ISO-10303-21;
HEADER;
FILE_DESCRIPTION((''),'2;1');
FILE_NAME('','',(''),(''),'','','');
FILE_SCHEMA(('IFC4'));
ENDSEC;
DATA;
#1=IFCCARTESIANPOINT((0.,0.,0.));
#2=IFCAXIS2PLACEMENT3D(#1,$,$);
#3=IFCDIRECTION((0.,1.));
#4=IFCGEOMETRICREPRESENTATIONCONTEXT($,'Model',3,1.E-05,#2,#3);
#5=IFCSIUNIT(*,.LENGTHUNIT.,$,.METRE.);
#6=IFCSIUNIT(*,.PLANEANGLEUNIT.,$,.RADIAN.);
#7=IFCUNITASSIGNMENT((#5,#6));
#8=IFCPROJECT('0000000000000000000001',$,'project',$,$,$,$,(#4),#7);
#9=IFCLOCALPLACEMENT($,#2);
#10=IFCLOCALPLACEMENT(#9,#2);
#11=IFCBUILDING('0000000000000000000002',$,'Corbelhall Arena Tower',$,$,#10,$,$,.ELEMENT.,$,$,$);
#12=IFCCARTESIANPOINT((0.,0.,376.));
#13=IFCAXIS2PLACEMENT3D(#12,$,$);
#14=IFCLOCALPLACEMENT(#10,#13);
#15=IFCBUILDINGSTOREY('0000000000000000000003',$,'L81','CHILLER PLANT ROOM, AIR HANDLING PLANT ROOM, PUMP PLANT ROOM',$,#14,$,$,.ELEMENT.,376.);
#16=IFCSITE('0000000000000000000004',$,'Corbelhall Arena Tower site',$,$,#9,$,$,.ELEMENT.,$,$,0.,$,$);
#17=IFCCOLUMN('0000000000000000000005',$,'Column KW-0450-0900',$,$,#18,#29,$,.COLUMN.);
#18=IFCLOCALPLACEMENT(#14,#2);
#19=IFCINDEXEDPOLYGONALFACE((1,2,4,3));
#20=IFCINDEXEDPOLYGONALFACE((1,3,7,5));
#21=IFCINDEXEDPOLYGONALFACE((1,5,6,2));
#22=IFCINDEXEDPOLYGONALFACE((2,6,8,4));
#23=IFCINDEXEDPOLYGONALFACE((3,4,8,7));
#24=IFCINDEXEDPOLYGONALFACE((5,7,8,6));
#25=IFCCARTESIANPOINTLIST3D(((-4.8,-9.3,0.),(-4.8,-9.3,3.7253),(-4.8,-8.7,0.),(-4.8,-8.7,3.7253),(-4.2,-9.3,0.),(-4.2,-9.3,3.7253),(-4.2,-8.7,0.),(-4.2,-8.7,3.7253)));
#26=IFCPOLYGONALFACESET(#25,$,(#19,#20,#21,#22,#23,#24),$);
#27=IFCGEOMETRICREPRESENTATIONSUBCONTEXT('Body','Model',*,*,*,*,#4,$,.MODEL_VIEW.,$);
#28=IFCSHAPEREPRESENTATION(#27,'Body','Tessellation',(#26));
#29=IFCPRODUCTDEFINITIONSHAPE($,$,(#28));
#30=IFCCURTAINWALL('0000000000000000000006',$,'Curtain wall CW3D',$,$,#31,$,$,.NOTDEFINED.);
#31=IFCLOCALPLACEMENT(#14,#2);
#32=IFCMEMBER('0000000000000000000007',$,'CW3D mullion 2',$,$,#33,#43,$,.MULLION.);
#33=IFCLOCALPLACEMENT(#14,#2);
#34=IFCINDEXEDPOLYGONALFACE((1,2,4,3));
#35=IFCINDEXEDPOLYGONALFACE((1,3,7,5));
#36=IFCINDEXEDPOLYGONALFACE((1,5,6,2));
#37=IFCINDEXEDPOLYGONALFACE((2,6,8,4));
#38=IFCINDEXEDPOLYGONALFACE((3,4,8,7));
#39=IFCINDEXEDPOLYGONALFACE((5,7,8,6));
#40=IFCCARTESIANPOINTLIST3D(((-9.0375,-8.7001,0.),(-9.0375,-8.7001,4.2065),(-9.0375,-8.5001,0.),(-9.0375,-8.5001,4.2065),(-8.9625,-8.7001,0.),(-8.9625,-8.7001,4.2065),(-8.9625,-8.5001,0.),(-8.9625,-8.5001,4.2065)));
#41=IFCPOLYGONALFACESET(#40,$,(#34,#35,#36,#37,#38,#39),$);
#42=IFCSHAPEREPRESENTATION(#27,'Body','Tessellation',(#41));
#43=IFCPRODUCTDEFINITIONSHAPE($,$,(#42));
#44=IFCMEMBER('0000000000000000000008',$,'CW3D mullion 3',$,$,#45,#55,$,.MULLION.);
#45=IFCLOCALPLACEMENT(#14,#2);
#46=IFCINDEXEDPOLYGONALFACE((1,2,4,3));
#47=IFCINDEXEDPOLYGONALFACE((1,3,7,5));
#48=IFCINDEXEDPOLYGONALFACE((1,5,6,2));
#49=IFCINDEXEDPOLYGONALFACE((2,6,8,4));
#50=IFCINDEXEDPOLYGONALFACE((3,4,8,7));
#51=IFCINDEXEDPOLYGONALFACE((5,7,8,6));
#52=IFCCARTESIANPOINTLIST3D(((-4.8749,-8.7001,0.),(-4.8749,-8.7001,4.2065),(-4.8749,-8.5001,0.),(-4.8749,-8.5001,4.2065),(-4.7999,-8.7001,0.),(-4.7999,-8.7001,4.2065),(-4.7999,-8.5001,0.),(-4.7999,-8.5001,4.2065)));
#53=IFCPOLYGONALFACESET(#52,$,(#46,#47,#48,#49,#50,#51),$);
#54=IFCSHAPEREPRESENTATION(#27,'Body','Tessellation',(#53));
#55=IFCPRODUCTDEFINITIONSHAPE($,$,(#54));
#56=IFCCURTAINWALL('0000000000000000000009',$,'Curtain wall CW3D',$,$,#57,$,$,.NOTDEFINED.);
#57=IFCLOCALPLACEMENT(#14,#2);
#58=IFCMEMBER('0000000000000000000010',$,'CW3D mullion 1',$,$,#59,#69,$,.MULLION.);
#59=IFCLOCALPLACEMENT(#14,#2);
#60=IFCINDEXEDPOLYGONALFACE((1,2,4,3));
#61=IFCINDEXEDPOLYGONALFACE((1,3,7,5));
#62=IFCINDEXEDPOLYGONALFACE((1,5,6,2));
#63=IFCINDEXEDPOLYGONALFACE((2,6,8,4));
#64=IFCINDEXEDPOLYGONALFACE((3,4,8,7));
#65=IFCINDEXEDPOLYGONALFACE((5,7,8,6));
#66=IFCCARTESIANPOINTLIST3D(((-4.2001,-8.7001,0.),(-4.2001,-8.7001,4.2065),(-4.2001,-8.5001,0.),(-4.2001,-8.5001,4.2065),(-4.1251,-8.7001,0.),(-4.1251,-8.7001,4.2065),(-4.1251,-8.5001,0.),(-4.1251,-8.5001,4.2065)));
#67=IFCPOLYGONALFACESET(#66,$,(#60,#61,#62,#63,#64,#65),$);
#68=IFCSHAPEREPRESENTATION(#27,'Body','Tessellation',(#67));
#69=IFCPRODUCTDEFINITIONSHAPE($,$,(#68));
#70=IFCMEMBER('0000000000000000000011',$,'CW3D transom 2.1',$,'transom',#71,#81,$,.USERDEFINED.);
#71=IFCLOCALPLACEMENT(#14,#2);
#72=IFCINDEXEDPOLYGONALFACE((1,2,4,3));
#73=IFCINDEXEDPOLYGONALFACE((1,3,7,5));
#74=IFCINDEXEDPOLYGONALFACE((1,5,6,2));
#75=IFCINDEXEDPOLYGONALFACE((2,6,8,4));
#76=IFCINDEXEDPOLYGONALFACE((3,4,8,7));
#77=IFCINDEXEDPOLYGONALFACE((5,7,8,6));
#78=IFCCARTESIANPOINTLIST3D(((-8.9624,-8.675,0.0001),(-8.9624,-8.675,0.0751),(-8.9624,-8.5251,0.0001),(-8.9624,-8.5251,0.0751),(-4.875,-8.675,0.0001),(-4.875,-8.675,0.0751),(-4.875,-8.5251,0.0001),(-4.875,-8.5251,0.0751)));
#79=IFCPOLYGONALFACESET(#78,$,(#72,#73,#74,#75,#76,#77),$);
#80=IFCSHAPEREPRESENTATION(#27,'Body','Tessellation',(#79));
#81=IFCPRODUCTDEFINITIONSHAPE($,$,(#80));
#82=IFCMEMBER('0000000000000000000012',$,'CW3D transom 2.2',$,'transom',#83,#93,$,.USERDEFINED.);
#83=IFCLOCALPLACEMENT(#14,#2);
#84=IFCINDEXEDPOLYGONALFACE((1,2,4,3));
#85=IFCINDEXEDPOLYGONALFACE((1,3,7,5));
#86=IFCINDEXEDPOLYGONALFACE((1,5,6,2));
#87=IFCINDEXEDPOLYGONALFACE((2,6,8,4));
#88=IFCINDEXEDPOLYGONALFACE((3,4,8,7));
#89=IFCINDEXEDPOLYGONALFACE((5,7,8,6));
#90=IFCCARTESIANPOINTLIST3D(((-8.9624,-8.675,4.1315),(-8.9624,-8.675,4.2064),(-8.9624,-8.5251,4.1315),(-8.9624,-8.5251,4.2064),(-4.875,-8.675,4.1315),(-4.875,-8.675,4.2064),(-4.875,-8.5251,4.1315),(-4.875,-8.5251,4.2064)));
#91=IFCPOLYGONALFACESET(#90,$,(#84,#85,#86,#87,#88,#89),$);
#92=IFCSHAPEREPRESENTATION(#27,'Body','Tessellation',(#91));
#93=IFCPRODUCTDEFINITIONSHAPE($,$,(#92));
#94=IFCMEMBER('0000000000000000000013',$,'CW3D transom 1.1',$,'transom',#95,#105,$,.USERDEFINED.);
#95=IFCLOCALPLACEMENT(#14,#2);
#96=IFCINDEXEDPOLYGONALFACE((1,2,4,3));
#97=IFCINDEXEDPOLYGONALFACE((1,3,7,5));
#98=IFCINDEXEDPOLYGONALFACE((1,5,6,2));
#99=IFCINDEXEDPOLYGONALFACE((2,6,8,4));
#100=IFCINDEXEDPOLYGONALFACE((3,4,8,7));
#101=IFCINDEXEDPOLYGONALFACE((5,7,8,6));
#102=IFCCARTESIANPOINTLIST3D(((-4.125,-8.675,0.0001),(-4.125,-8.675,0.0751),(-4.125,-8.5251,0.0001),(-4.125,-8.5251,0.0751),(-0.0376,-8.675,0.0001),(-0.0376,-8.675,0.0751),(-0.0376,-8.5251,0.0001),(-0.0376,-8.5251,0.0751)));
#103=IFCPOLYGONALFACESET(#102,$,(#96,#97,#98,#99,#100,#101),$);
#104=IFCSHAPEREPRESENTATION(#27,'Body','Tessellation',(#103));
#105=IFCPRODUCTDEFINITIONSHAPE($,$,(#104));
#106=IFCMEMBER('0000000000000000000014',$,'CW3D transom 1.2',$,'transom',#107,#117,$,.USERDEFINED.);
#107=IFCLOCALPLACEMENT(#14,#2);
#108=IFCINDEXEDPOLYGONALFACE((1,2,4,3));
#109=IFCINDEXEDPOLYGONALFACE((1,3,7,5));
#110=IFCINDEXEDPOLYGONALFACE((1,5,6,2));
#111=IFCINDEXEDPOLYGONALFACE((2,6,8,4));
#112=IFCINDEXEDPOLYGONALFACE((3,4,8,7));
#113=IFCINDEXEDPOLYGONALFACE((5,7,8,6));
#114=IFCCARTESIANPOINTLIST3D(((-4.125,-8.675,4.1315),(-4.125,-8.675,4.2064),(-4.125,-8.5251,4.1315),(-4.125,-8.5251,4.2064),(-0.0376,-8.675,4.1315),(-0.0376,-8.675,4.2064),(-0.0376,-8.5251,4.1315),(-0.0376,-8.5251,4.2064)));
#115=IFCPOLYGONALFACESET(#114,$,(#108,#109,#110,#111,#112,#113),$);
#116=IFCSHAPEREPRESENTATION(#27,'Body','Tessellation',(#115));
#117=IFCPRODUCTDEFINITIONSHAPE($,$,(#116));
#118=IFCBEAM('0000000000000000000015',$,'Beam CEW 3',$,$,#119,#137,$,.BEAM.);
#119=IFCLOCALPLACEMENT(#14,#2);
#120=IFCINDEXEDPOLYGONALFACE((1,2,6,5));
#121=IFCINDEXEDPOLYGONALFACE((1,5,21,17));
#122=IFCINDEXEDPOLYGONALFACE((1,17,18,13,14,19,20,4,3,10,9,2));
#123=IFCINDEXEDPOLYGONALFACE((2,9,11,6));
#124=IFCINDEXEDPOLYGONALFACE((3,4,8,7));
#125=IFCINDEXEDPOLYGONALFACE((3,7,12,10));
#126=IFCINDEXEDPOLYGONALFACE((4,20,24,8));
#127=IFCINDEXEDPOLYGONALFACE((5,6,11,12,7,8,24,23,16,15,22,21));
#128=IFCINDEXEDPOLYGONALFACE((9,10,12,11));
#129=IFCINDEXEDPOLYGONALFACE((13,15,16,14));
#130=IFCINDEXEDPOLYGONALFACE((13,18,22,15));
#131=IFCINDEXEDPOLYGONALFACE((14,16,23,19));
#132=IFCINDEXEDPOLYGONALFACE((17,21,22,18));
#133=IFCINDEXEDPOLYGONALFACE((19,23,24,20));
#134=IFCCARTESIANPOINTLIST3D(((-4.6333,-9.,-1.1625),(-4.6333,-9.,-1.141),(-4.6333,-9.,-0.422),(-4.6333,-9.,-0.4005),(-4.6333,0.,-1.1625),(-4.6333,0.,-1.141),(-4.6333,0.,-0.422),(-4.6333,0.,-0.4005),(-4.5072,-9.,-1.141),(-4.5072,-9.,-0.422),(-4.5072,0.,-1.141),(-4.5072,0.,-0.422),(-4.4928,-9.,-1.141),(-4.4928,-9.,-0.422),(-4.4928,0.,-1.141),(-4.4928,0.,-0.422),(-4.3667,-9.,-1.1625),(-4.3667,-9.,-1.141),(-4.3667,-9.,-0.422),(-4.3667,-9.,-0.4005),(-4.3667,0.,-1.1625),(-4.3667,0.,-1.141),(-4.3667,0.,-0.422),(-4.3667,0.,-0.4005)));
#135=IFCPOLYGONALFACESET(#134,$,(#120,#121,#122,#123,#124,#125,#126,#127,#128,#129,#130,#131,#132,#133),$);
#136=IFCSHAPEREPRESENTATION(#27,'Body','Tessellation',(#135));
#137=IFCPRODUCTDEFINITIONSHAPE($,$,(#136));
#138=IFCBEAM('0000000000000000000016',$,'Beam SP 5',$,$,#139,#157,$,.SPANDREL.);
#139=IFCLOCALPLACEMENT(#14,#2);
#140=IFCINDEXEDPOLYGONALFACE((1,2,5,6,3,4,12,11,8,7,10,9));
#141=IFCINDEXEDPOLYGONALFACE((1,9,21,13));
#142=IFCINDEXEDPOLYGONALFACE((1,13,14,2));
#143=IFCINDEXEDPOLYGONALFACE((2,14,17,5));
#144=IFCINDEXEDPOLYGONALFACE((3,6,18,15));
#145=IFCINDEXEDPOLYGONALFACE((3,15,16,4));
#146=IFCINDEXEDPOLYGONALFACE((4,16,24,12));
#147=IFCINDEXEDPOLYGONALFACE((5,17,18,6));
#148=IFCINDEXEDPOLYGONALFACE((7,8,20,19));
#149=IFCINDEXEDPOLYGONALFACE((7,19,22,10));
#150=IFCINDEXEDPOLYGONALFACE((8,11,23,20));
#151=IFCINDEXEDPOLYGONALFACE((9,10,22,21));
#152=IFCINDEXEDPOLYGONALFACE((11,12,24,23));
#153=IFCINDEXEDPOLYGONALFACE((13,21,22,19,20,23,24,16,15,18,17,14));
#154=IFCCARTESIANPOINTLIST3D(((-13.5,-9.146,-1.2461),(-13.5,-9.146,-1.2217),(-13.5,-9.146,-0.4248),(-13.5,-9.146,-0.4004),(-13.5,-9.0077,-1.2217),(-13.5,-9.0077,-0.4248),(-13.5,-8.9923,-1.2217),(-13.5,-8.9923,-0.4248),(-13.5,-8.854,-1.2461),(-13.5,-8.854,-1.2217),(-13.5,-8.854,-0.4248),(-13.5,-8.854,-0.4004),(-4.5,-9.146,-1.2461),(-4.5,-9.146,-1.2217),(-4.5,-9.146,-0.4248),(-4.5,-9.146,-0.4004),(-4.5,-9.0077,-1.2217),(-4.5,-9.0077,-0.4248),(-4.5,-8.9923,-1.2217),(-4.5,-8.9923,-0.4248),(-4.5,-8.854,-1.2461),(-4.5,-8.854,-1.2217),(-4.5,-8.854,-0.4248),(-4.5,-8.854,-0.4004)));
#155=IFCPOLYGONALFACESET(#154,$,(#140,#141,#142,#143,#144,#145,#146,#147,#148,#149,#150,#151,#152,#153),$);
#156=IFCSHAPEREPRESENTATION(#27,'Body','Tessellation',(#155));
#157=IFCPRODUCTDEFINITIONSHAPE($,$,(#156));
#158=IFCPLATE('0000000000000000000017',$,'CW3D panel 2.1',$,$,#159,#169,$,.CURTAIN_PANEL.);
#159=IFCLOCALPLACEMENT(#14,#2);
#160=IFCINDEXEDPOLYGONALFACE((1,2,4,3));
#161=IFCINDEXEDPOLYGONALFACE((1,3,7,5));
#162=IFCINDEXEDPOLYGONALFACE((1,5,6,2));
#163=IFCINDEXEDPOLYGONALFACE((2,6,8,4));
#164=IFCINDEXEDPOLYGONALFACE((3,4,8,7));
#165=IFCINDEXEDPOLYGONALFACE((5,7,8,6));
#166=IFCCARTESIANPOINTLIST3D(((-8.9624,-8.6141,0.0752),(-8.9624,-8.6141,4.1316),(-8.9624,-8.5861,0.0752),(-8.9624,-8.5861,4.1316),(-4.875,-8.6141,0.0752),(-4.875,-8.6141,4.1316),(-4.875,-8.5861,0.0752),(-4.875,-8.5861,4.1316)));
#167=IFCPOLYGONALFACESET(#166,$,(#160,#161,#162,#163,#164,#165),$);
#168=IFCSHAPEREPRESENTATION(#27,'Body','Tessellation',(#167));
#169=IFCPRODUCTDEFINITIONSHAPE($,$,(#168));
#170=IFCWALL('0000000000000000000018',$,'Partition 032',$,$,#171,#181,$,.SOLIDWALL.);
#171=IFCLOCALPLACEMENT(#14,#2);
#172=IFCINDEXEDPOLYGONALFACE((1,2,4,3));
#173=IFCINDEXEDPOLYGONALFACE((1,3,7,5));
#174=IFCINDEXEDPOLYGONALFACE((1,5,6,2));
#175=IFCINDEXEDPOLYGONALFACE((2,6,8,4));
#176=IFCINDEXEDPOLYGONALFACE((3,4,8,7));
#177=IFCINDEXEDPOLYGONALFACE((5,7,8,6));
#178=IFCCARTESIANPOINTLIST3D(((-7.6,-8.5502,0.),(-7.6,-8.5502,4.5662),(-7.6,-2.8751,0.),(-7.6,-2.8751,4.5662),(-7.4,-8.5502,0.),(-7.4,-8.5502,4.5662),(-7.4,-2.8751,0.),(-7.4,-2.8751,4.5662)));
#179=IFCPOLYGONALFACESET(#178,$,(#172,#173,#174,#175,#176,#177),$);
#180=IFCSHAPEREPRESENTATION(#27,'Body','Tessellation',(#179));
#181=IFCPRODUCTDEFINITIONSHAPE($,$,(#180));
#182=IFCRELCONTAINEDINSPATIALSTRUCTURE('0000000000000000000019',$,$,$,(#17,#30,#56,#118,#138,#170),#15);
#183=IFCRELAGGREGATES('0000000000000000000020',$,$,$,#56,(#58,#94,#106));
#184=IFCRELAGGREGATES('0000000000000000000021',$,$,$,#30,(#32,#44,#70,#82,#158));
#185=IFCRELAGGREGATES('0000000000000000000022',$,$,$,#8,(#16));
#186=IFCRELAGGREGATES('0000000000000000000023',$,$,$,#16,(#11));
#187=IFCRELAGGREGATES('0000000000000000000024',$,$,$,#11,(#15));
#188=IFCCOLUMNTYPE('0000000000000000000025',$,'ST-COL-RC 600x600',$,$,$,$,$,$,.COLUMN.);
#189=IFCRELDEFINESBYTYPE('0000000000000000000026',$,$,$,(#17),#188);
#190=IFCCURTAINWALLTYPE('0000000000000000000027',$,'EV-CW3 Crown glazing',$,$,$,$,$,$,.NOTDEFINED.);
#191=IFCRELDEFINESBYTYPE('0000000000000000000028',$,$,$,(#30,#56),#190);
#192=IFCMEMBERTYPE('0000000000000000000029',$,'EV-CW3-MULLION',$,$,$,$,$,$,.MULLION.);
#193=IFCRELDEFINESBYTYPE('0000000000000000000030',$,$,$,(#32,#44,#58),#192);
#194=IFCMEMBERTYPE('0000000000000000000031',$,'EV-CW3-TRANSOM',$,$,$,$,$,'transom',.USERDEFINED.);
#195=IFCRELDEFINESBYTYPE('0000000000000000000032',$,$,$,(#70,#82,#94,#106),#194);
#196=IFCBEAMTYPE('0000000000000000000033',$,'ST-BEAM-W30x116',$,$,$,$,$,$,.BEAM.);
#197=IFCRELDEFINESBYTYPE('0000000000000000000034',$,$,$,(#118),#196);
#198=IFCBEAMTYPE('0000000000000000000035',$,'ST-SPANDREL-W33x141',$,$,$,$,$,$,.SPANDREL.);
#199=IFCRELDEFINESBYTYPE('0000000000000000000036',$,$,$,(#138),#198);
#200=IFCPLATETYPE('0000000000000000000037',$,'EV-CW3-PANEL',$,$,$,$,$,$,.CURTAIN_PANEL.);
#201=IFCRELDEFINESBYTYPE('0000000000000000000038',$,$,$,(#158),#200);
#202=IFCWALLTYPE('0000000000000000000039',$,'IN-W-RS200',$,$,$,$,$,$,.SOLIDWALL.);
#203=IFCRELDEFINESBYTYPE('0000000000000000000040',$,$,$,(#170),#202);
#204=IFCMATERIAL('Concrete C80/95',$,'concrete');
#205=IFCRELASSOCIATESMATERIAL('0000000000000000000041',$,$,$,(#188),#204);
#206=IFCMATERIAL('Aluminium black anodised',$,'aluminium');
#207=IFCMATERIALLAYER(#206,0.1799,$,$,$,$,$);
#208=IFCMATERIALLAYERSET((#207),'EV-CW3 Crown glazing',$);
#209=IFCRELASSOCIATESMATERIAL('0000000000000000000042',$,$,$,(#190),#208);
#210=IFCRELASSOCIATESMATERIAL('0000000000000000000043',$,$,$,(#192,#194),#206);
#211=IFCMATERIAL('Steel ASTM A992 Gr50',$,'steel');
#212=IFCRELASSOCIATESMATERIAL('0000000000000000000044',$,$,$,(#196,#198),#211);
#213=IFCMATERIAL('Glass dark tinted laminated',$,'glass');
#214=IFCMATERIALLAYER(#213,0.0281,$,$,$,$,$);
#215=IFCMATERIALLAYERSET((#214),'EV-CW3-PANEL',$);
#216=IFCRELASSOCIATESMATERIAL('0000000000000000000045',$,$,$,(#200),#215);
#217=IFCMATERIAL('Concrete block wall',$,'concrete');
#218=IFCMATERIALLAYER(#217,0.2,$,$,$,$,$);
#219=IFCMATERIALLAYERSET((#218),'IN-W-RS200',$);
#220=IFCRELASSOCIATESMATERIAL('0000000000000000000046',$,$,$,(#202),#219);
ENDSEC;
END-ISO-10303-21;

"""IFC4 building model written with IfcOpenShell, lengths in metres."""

from ifc_helpers import new_model, si_unit, direction, frame, frame_2d, origin, origin_2d, place, context, subcontext, project, spatial, rectangle, i_section, extrude, material, layer, layer_set, material_profile, profile_set, type_object, element, aggregate, save


model = new_model("IFC4")

# Units and contexts
model_context = context("Model", 3, precision=1e-05, world=origin(), true_north=direction((0.0, 1.0)))
body_context = subcontext(model_context, "Body", "Model", "MODEL_VIEW")
ifc_project = project(units=[si_unit("LENGTHUNIT", "METRE"), si_unit("PLANEANGLEUNIT", "RADIAN")], contexts=[model_context])

# Site, building, storey
site_placement = place(None, origin())
site = spatial("IfcSite", under=ifc_project, at=site_placement, Name="Corbelhall Arena Tower site", CompositionType="ELEMENT", RefElevation=0.0)
building_placement = place(site_placement, origin())
building = spatial("IfcBuilding", under=site, at=building_placement, Name="Corbelhall Arena Tower", CompositionType="ELEMENT")
storey_placement = place(building_placement, frame((0.0, 0.0, 376.0)))
storey = spatial("IfcBuildingStorey", under=building, at=storey_placement, Name="L81", Description="CHILLER PLANT ROOM, AIR HANDLING PLANT ROOM, PUMP PLANT ROOM", CompositionType="ELEMENT", Elevation=376.0)

# Column
ifc_material_1 = material(Name="Concrete C80/95", Category="concrete")
ifc_material_profile_1 = material_profile(ifc_material_1, rectangle(XDim=0.6001, YDim=0.6001, at=origin_2d()))
ifc_profile_set_1 = profile_set([ifc_material_profile_1], Name="Concrete C80/95")
column_type = type_object("IfcColumnType", Name="ST-COL-RC 600x600", PredefinedType="COLUMN", material=ifc_profile_set_1)
column_placement = place(storey_placement, frame((-4.5, -9.0, 0.0), z_axis=(0.0, 0.0, 1.0), x_axis=(1.0, 0.0, 0.0)))
element("IfcColumn", 1, at=column_placement, inside=storey, type_object=column_type, Name="Column KW-0450-0900", PredefinedType="COLUMN", context=body_context, shape_type="SweptSolid", body=[
    extrude(rectangle(XDim=0.6001, YDim=0.6001, at=origin_2d()), origin(), (0.0, 0.0, 1.0), 3.7253),
])

# Curtain wall, members
ifc_material_2 = material(Name="Aluminium black anodised", Category="aluminium")
ifc_layer_1 = layer(ifc_material_2, 0.1799)
ifc_layer_set_1 = layer_set([ifc_layer_1], Name="EV-CW3 Crown glazing")
curtain_wall_type = type_object("IfcCurtainWallType", Name="EV-CW3 Crown glazing", PredefinedType="NOTDEFINED", material=ifc_layer_set_1)
curtain_wall_1_placement = place(storey_placement, origin())
curtain_wall_1 = element("IfcCurtainWall", 2, at=curtain_wall_1_placement, inside=storey, type_object=curtain_wall_type, Name="Curtain wall CW3D", PredefinedType="NOTDEFINED")
ifc_material_profile_2 = material_profile(ifc_material_2, rectangle(XDim=0.2, YDim=0.075, at=origin_2d()))
ifc_profile_set_2 = profile_set([ifc_material_profile_2], Name="Aluminium black anodised")
member_type_1 = type_object("IfcMemberType", Name="EV-CW3-MULLION", PredefinedType="MULLION", material=ifc_profile_set_2)
member_1_placement = place(storey_placement, frame((-9.0, -8.6001, 0.0), z_axis=(0.0, 0.0, 1.0), x_axis=(0.0, 1.0, 0.0)))
member_1 = element("IfcMember", 3, at=member_1_placement, type_object=member_type_1, Name="CW3D mullion 2", PredefinedType="MULLION", context=body_context, shape_type="SweptSolid", body=[
    extrude(rectangle(XDim=0.2, YDim=0.075, at=origin_2d()), origin(), (0.0, 0.0, 1.0), 4.2065),
])
member_2_placement = place(storey_placement, frame((-4.8374, -8.6001, 0.0), z_axis=(0.0, 0.0, 1.0), x_axis=(0.0, 1.0, 0.0)))
member_2 = element("IfcMember", 4, at=member_2_placement, type_object=member_type_1, Name="CW3D mullion 3", PredefinedType="MULLION", context=body_context, shape_type="SweptSolid", body=[
    extrude(rectangle(XDim=0.2, YDim=0.075, at=origin_2d()), origin(), (0.0, 0.0, 1.0), 4.2065),
])

# Curtain wall, member
curtain_wall_2_placement = place(storey_placement, origin())
curtain_wall_2 = element("IfcCurtainWall", 5, at=curtain_wall_2_placement, inside=storey, type_object=curtain_wall_type, Name="Curtain wall CW3D", PredefinedType="NOTDEFINED")
member_3_placement = place(storey_placement, frame((-4.1626, -8.6001, 0.0), z_axis=(0.0, 0.0, 1.0), x_axis=(0.0, 1.0, 0.0)))
member_3 = element("IfcMember", 6, at=member_3_placement, type_object=member_type_1, Name="CW3D mullion 1", PredefinedType="MULLION", context=body_context, shape_type="SweptSolid", body=[
    extrude(rectangle(XDim=0.2, YDim=0.075, at=origin_2d()), origin(), (0.0, 0.0, 1.0), 4.2065),
])

# Members
ifc_material_profile_3 = material_profile(ifc_material_2, rectangle(XDim=0.1499, YDim=0.075, at=origin_2d()))
ifc_profile_set_3 = profile_set([ifc_material_profile_3], Name="Aluminium black anodised")
member_type_2 = type_object("IfcMemberType", Name="EV-CW3-TRANSOM", ElementType="transom", PredefinedType="USERDEFINED", material=ifc_profile_set_3)
member_4_placement = place(storey_placement, frame((-8.9624, -8.6001, 0.0376), z_axis=(1.0, 0.0, 0.0), x_axis=(0.0, 1.0, 0.0)))
member_4 = element("IfcMember", 7, at=member_4_placement, type_object=member_type_2, Name="CW3D transom 2.1", ObjectType="transom", PredefinedType="USERDEFINED", context=body_context, shape_type="SweptSolid", body=[
    extrude(rectangle(XDim=0.1499, YDim=0.075, at=origin_2d()), origin(), (0.0, 0.0, 1.0), 4.0874),
])
member_5_placement = place(storey_placement, frame((-8.9624, -8.6001, 4.1689), z_axis=(1.0, 0.0, 0.0), x_axis=(0.0, 1.0, 0.0)))
member_5 = element("IfcMember", 8, at=member_5_placement, type_object=member_type_2, Name="CW3D transom 2.2", ObjectType="transom", PredefinedType="USERDEFINED", context=body_context, shape_type="SweptSolid", body=[
    extrude(rectangle(XDim=0.1499, YDim=0.075, at=origin_2d()), origin(), (0.0, 0.0, 1.0), 4.0874),
])
member_6_placement = place(storey_placement, frame((-4.125, -8.6001, 0.0376), z_axis=(1.0, 0.0, 0.0), x_axis=(0.0, 1.0, 0.0)))
member_6 = element("IfcMember", 9, at=member_6_placement, type_object=member_type_2, Name="CW3D transom 1.1", ObjectType="transom", PredefinedType="USERDEFINED", context=body_context, shape_type="SweptSolid", body=[
    extrude(rectangle(XDim=0.1499, YDim=0.075, at=origin_2d()), origin(), (0.0, 0.0, 1.0), 4.0874),
])
member_7_placement = place(storey_placement, frame((-4.125, -8.6001, 4.1689), z_axis=(1.0, 0.0, 0.0), x_axis=(0.0, 1.0, 0.0)))
member_7 = element("IfcMember", 10, at=member_7_placement, type_object=member_type_2, Name="CW3D transom 1.2", ObjectType="transom", PredefinedType="USERDEFINED", context=body_context, shape_type="SweptSolid", body=[
    extrude(rectangle(XDim=0.1499, YDim=0.075, at=origin_2d()), origin(), (0.0, 0.0, 1.0), 4.0874),
])
aggregate(curtain_wall_2, [member_3, member_6, member_7])

# Beams
ifc_material_3 = material(Name="Steel ASTM A992 Gr50", Category="steel")
ifc_material_profile_4 = material_profile(ifc_material_3, i_section(OverallWidth=0.2666, OverallDepth=0.762, WebThickness=0.0144, FlangeThickness=0.0215, at=origin_2d()))
ifc_profile_set_4 = profile_set([ifc_material_profile_4], Name="Steel ASTM A992 Gr50")
beam_type_1 = type_object("IfcBeamType", Name="ST-BEAM-W30x116", PredefinedType="BEAM", material=ifc_profile_set_4)
beam_1_placement = place(storey_placement, frame((-4.5, -9.0, -0.7815), z_axis=(0.0, 1.0, 0.0), x_axis=(-1.0, 0.0, 0.0)))
element("IfcBeam", 11, at=beam_1_placement, inside=storey, type_object=beam_type_1, Name="Beam CEW 3", PredefinedType="BEAM", context=body_context, shape_type="SweptSolid", body=[
    extrude(i_section(OverallWidth=0.2666, OverallDepth=0.762, WebThickness=0.0144, FlangeThickness=0.0215, at=origin_2d()), origin(), (0.0, 0.0, 1.0), 9.0),
])
ifc_material_profile_5 = material_profile(ifc_material_3, i_section(OverallWidth=0.292, OverallDepth=0.8457, WebThickness=0.0154, FlangeThickness=0.0244, at=origin_2d()))
ifc_profile_set_5 = profile_set([ifc_material_profile_5], Name="Steel ASTM A992 Gr50")
beam_type_2 = type_object("IfcBeamType", Name="ST-SPANDREL-W33x141", PredefinedType="SPANDREL", material=ifc_profile_set_5)
beam_2_placement = place(storey_placement, frame((-4.5, -9.0, -0.8232), z_axis=(-1.0, 0.0, 0.0), x_axis=(0.0, -1.0, 0.0)))
element("IfcBeam", 12, at=beam_2_placement, inside=storey, type_object=beam_type_2, Name="Beam SP 5", PredefinedType="SPANDREL", context=body_context, shape_type="SweptSolid", body=[
    extrude(i_section(OverallWidth=0.292, OverallDepth=0.8457, WebThickness=0.0154, FlangeThickness=0.0244, at=origin_2d()), origin(), (0.0, 0.0, 1.0), 9.0),
])

# Plate
ifc_material_4 = material(Name="Glass dark tinted laminated", Category="glass")
ifc_layer_2 = layer(ifc_material_4, 0.0281)
ifc_layer_set_2 = layer_set([ifc_layer_2], Name="EV-CW3-PANEL")
plate_type = type_object("IfcPlateType", Name="EV-CW3-PANEL", PredefinedType="CURTAIN_PANEL", material=ifc_layer_set_2)
plate_placement = place(storey_placement, frame((-6.9187, -8.6001, 0.0752), z_axis=(0.0, 0.0, 1.0), x_axis=(1.0, 0.0, 0.0)))
plate = element("IfcPlate", 13, at=plate_placement, type_object=plate_type, Name="CW3D panel 2.1", PredefinedType="CURTAIN_PANEL", context=body_context, shape_type="SweptSolid", body=[
    extrude(rectangle(XDim=4.0874, YDim=0.0281, at=origin_2d()), origin(), (0.0, 0.0, 1.0), 4.0564),
])
aggregate(curtain_wall_1, [member_1, member_2, member_4, member_5, plate])

# Wall
ifc_material_5 = material(Name="Concrete block wall", Category="concrete")
ifc_layer_3 = layer(ifc_material_5, 0.2)
ifc_layer_set_3 = layer_set([ifc_layer_3], Name="IN-W-RS200")
wall_type_1 = type_object("IfcWallType", Name="IN-W-RS200", PredefinedType="SOLIDWALL", material=ifc_layer_set_3)
wall_1_placement = place(storey_placement, frame((-7.5, -8.55, 0.0), z_axis=(0.0, 0.0, 1.0), x_axis=(0.0, 1.0, 0.0)))
element("IfcWall", 14, at=wall_1_placement, inside=storey, type_object=wall_type_1, Name="Partition 032", PredefinedType="SOLIDWALL", context=body_context, shape_type="SweptSolid", body=[
    extrude(rectangle(XDim=5.675, YDim=0.2, at=frame_2d((2.8374, 0.0))), origin(), (0.0, 0.0, 1.0), 4.5662),
])

save(model, "model.ifc")
